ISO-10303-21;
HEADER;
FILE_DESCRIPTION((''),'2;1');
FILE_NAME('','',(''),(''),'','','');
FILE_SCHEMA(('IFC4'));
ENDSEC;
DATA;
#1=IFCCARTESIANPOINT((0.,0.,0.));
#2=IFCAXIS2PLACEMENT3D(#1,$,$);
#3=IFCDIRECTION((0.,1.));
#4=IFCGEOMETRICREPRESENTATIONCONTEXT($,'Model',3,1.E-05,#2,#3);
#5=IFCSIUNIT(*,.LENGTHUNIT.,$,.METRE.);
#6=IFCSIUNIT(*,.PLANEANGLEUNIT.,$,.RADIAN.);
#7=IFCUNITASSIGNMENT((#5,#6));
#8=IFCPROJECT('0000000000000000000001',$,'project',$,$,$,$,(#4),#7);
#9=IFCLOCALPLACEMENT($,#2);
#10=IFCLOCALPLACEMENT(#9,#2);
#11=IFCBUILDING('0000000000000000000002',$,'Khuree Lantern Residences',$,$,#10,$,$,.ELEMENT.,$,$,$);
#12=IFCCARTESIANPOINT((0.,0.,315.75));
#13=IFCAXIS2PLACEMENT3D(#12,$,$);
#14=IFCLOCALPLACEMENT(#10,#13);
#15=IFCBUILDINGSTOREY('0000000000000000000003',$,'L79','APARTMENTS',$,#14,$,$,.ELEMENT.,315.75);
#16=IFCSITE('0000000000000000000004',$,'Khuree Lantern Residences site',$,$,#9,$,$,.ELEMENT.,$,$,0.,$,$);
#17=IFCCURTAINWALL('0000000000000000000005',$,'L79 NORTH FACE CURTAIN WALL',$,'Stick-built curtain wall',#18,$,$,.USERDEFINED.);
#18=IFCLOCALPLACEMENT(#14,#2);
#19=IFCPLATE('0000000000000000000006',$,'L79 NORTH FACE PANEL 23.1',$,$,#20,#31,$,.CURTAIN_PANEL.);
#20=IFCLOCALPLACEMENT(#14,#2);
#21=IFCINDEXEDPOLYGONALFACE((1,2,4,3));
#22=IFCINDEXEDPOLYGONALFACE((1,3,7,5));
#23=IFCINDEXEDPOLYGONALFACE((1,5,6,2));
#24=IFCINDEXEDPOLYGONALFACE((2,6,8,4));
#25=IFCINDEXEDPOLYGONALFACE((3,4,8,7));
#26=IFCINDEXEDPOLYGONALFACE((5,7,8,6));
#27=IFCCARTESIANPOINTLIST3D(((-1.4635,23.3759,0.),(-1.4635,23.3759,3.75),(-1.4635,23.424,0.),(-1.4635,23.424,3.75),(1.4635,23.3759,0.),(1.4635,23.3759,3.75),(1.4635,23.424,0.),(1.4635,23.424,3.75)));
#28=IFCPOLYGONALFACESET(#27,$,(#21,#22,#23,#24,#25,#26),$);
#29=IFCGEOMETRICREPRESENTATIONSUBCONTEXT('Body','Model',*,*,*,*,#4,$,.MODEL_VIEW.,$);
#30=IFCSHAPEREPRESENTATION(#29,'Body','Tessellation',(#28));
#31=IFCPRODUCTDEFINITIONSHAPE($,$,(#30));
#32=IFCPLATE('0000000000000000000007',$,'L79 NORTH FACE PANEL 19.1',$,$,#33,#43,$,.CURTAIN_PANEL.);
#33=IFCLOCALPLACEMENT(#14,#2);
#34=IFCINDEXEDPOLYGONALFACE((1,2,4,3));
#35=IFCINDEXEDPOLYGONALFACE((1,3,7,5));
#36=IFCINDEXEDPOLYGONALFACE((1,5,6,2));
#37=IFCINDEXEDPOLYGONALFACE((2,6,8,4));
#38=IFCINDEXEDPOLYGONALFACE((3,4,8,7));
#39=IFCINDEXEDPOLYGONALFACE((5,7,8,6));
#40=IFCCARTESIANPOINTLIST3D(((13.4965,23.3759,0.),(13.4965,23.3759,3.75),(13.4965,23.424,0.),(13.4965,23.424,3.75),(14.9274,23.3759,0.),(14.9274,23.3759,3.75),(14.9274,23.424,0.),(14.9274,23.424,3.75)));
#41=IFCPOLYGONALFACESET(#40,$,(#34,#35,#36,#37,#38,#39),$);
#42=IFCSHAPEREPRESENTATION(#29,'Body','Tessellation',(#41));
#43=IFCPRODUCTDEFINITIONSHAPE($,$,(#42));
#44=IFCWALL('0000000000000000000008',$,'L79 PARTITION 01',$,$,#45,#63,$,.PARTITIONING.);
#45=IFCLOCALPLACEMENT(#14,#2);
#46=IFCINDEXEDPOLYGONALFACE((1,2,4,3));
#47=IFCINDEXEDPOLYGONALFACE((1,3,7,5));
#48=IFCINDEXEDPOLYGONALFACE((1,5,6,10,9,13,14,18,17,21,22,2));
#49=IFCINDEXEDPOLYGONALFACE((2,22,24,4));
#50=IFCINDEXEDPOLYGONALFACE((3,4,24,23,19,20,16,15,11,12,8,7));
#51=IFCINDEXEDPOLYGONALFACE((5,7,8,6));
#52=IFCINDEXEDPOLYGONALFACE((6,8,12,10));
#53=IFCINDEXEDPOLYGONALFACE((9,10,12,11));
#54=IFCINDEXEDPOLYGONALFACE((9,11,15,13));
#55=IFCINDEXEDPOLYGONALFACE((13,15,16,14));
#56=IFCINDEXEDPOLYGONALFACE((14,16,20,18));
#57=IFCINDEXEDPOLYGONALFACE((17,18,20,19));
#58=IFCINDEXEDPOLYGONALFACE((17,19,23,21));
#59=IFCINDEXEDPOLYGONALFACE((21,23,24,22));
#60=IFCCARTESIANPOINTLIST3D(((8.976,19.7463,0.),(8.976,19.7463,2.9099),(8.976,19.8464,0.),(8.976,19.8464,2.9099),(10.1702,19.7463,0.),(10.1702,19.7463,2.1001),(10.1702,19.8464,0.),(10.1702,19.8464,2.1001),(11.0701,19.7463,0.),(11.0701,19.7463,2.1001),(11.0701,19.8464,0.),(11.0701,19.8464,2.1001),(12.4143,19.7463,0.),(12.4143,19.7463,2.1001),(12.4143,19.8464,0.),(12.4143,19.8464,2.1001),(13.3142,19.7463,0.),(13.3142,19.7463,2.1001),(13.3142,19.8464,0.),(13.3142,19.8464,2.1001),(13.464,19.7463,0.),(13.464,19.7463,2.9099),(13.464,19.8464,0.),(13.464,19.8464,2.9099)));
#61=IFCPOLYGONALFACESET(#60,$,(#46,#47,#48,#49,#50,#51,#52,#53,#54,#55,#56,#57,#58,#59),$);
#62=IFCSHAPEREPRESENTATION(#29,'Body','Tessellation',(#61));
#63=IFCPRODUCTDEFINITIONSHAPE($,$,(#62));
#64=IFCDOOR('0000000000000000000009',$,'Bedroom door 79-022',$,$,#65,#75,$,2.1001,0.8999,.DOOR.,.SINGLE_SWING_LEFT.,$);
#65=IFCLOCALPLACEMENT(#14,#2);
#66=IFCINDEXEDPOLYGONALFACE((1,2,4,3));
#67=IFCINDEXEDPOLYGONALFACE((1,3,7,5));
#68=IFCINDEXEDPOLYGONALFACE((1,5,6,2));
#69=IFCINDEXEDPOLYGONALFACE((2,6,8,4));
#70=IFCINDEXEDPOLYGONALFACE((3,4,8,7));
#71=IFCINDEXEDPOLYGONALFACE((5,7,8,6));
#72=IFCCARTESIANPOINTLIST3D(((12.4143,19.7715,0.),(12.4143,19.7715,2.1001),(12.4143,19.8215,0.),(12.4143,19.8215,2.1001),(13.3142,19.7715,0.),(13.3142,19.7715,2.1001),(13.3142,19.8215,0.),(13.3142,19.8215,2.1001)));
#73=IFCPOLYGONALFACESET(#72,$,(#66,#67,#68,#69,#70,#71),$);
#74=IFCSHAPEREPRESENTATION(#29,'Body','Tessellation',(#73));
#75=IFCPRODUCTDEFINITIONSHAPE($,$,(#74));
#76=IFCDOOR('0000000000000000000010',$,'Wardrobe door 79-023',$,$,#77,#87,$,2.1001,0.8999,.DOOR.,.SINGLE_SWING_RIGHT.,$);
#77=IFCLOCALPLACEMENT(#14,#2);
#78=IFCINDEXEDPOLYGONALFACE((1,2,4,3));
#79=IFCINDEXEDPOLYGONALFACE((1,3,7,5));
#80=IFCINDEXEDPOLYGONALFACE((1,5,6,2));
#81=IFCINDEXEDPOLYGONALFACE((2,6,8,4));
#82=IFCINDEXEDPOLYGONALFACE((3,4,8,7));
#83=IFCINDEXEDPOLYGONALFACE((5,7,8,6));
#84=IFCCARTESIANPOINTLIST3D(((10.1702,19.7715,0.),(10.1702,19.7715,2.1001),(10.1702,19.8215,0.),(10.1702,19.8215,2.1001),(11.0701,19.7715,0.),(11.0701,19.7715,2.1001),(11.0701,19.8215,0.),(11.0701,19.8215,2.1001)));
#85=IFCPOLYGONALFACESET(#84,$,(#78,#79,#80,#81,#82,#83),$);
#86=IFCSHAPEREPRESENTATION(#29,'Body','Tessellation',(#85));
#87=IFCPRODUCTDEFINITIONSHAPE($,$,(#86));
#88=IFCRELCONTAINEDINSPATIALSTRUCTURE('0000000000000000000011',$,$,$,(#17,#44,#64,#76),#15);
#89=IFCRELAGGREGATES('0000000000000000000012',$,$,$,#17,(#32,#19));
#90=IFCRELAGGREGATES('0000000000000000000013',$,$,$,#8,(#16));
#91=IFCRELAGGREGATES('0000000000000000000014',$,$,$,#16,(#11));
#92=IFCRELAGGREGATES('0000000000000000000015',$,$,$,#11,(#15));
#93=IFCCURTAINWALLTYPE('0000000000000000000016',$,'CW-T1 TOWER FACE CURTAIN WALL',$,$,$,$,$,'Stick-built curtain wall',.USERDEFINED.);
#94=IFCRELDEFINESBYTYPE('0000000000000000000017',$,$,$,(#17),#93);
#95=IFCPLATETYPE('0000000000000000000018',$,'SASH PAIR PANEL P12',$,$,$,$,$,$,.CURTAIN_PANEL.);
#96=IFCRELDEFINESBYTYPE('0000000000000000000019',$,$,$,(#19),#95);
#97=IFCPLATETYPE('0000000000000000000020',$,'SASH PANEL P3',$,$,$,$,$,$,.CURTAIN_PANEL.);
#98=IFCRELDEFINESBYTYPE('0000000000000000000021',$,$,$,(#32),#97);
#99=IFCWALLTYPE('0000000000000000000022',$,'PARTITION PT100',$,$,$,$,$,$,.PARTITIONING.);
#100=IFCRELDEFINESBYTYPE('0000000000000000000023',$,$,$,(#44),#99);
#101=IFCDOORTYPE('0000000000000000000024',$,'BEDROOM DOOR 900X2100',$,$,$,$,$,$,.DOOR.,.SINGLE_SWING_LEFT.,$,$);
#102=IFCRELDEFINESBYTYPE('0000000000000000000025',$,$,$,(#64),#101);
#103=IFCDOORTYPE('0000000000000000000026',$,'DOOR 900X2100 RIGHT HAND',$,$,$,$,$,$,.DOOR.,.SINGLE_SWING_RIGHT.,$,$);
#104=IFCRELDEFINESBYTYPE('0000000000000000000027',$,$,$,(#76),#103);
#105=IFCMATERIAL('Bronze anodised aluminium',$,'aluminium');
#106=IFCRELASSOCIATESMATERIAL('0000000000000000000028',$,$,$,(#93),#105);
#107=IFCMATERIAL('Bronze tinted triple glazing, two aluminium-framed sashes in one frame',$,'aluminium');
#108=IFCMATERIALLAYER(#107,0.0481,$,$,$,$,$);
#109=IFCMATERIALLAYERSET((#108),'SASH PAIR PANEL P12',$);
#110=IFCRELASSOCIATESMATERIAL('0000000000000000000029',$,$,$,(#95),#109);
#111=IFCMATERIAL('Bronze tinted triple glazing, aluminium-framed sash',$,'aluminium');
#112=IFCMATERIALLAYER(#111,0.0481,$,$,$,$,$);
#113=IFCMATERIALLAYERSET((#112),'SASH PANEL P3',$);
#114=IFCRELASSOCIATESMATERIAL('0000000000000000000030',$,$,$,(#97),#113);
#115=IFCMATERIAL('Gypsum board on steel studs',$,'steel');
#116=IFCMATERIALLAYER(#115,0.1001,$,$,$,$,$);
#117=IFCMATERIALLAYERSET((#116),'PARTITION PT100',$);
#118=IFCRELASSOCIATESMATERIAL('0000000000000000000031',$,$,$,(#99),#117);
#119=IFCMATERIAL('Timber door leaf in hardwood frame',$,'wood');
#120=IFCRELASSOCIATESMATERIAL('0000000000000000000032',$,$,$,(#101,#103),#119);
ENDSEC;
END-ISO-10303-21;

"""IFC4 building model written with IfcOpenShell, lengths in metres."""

from ifc_helpers import new_model, si_unit, direction, frame, frame_2d, origin, origin_2d, place, context, subcontext, project, spatial, rectangle, extrude, material, layer, layer_set, type_object, element, fill, aggregate, save


model = new_model("IFC4")

# Units and contexts
model_context = context("Model", 3, precision=1e-05, world=origin(), true_north=direction((0.0, 1.0)))
body_context = subcontext(model_context, "Body", "Model", "MODEL_VIEW")
ifc_project = project(units=[si_unit("LENGTHUNIT", "METRE"), si_unit("PLANEANGLEUNIT", "RADIAN")], contexts=[model_context])

# Site, building, storey
site_placement = place(None, origin())
site = spatial("IfcSite", under=ifc_project, at=site_placement, Name="Khuree Lantern Residences site", CompositionType="ELEMENT", RefElevation=0.0)
building_placement = place(site_placement, origin())
building = spatial("IfcBuilding", under=site, at=building_placement, Name="Khuree Lantern Residences", CompositionType="ELEMENT")
storey_placement = place(building_placement, frame((0.0, 0.0, 315.75)))
storey = spatial("IfcBuildingStorey", under=building, at=storey_placement, Name="L79", Description="APARTMENTS", CompositionType="ELEMENT", Elevation=315.75)

# Curtain wall
ifc_material_1 = material(Name="Bronze anodised aluminium", Category="aluminium")
curtain_wall_type = type_object("IfcCurtainWallType", Name="CW-T1 TOWER FACE CURTAIN WALL", ElementType="Stick-built curtain wall", PredefinedType="USERDEFINED", material=ifc_material_1)
curtain_wall_placement = place(storey_placement, origin())
curtain_wall = element("IfcCurtainWall", 1, at=curtain_wall_placement, inside=storey, type_object=curtain_wall_type, Name="L79 NORTH FACE CURTAIN WALL", ObjectType="Stick-built curtain wall", PredefinedType="USERDEFINED")

# Plates
ifc_material_2 = material(Name="Bronze tinted triple glazing, two aluminium-framed sashes in one frame", Category="aluminium")
ifc_layer_1 = layer(ifc_material_2, 0.0481)
ifc_layer_set_1 = layer_set([ifc_layer_1], Name="SASH PAIR PANEL P12")
plate_type_1 = type_object("IfcPlateType", Name="SASH PAIR PANEL P12", PredefinedType="CURTAIN_PANEL", material=ifc_layer_set_1)
plate_1_placement = place(storey_placement, frame((0.0, 23.3999, 0.0), z_axis=(0.0, 0.0, 1.0), x_axis=(-1.0, 0.0, 0.0)))
plate_1 = element("IfcPlate", 2, at=plate_1_placement, type_object=plate_type_1, Name="L79 NORTH FACE PANEL 23.1", PredefinedType="CURTAIN_PANEL", context=body_context, shape_type="SweptSolid", body=[
    extrude(rectangle(XDim=2.927, YDim=0.0481, at=origin_2d()), origin(), (0.0, 0.0, 1.0), 3.75),
])
ifc_material_3 = material(Name="Bronze tinted triple glazing, aluminium-framed sash", Category="aluminium")
ifc_layer_2 = layer(ifc_material_3, 0.0481)
ifc_layer_set_2 = layer_set([ifc_layer_2], Name="SASH PANEL P3")
plate_type_2 = type_object("IfcPlateType", Name="SASH PANEL P3", PredefinedType="CURTAIN_PANEL", material=ifc_layer_set_2)
plate_2_placement = place(storey_placement, frame((14.2119, 23.3999, 0.0), z_axis=(0.0, 0.0, 1.0), x_axis=(-1.0, 0.0, 0.0)))
plate_2 = element("IfcPlate", 3, at=plate_2_placement, type_object=plate_type_2, Name="L79 NORTH FACE PANEL 19.1", PredefinedType="CURTAIN_PANEL", context=body_context, shape_type="SweptSolid", body=[
    extrude(rectangle(XDim=1.4309, YDim=0.0481, at=origin_2d()), origin(), (0.0, 0.0, 1.0), 3.75),
])
aggregate(curtain_wall, [plate_2, plate_1])

# Wall, openings, doors
ifc_material_4 = material(Name="Gypsum board on steel studs", Category="steel")
ifc_layer_3 = layer(ifc_material_4, 0.1001)
ifc_layer_set_3 = layer_set([ifc_layer_3], Name="PARTITION PT100")
wall_type = type_object("IfcWallType", Name="PARTITION PT100", PredefinedType="PARTITIONING", material=ifc_layer_set_3)
wall_placement = place(storey_placement, frame((13.4641, 19.7964, 0.0), z_axis=(0.0, 0.0, 1.0), x_axis=(-1.0, 0.0, 0.0)))
wall = element("IfcWall", 4, at=wall_placement, inside=storey, type_object=wall_type, Name="L79 PARTITION 01", PredefinedType="PARTITIONING", context=body_context, shape_type="SweptSolid", body=[
    extrude(rectangle(XDim=4.488, YDim=0.1001, at=frame_2d((2.2441, 0.0))), origin(), (0.0, 0.0, 1.0), 2.9099),
])
opening_1_placement = place(wall_placement, frame((0.1499, 0.0, 0.0)))
opening_1 = element("IfcOpeningElement", 5, at=opening_1_placement, cuts=wall, PredefinedType="OPENING", context=body_context, shape_type="SweptSolid", body=[
    extrude(rectangle(XDim=0.8999, YDim=2.1001, at=frame_2d((0.45, 1.05))), frame((0.0, 0.0601, 0.0), z_axis=(0.0, -1.0, 0.0), x_axis=(1.0, 0.0, 0.0)), (0.0, 0.0, 1.0), 0.1201),
])
opening_2_placement = place(wall_placement, frame((2.394, 0.0, 0.0)))
opening_2 = element("IfcOpeningElement", 6, at=opening_2_placement, cuts=wall, PredefinedType="OPENING", context=body_context, shape_type="SweptSolid", body=[
    extrude(rectangle(XDim=0.8999, YDim=2.1001, at=frame_2d((0.45, 1.05))), frame((0.0, 0.0601, 0.0), z_axis=(0.0, -1.0, 0.0), x_axis=(1.0, 0.0, 0.0)), (0.0, 0.0, 1.0), 0.1201),
])
ifc_material_5 = material(Name="Timber door leaf in hardwood frame", Category="wood")
door_type_1 = type_object("IfcDoorType", Name="BEDROOM DOOR 900X2100", OperationType="SINGLE_SWING_LEFT", PredefinedType="DOOR", material=ifc_material_5)
door_1_placement = place(opening_1_placement, origin())
door_1 = element("IfcDoor", 7, at=door_1_placement, inside=storey, type_object=door_type_1, Name="Bedroom door 79-022", OperationType="SINGLE_SWING_LEFT", OverallHeight=2.1001, OverallWidth=0.8999, PredefinedType="DOOR", context=body_context, shape_type="SweptSolid", body=[
    extrude(rectangle(XDim=0.8999, YDim=2.1001, at=frame_2d((0.45, 1.05))), frame((0.0, 0.0249, 0.0), z_axis=(0.0, -1.0, 0.0), x_axis=(1.0, 0.0, 0.0)), (0.0, 0.0, 1.0), 0.05),
])
fill(opening_1, door_1)
door_type_2 = type_object("IfcDoorType", Name="DOOR 900X2100 RIGHT HAND", OperationType="SINGLE_SWING_RIGHT", PredefinedType="DOOR", material=ifc_material_5)
door_2_placement = place(opening_2_placement, origin())
door_2 = element("IfcDoor", 8, at=door_2_placement, inside=storey, type_object=door_type_2, Name="Wardrobe door 79-023", OperationType="SINGLE_SWING_RIGHT", OverallHeight=2.1001, OverallWidth=0.8999, PredefinedType="DOOR", context=body_context, shape_type="SweptSolid", body=[
    extrude(rectangle(XDim=0.8999, YDim=2.1001, at=frame_2d((0.45, 1.05))), frame((0.0, 0.0249, 0.0), z_axis=(0.0, -1.0, 0.0), x_axis=(1.0, 0.0, 0.0)), (0.0, 0.0, 1.0), 0.05),
])
fill(opening_2, door_2)

save(model, "model.ifc")
